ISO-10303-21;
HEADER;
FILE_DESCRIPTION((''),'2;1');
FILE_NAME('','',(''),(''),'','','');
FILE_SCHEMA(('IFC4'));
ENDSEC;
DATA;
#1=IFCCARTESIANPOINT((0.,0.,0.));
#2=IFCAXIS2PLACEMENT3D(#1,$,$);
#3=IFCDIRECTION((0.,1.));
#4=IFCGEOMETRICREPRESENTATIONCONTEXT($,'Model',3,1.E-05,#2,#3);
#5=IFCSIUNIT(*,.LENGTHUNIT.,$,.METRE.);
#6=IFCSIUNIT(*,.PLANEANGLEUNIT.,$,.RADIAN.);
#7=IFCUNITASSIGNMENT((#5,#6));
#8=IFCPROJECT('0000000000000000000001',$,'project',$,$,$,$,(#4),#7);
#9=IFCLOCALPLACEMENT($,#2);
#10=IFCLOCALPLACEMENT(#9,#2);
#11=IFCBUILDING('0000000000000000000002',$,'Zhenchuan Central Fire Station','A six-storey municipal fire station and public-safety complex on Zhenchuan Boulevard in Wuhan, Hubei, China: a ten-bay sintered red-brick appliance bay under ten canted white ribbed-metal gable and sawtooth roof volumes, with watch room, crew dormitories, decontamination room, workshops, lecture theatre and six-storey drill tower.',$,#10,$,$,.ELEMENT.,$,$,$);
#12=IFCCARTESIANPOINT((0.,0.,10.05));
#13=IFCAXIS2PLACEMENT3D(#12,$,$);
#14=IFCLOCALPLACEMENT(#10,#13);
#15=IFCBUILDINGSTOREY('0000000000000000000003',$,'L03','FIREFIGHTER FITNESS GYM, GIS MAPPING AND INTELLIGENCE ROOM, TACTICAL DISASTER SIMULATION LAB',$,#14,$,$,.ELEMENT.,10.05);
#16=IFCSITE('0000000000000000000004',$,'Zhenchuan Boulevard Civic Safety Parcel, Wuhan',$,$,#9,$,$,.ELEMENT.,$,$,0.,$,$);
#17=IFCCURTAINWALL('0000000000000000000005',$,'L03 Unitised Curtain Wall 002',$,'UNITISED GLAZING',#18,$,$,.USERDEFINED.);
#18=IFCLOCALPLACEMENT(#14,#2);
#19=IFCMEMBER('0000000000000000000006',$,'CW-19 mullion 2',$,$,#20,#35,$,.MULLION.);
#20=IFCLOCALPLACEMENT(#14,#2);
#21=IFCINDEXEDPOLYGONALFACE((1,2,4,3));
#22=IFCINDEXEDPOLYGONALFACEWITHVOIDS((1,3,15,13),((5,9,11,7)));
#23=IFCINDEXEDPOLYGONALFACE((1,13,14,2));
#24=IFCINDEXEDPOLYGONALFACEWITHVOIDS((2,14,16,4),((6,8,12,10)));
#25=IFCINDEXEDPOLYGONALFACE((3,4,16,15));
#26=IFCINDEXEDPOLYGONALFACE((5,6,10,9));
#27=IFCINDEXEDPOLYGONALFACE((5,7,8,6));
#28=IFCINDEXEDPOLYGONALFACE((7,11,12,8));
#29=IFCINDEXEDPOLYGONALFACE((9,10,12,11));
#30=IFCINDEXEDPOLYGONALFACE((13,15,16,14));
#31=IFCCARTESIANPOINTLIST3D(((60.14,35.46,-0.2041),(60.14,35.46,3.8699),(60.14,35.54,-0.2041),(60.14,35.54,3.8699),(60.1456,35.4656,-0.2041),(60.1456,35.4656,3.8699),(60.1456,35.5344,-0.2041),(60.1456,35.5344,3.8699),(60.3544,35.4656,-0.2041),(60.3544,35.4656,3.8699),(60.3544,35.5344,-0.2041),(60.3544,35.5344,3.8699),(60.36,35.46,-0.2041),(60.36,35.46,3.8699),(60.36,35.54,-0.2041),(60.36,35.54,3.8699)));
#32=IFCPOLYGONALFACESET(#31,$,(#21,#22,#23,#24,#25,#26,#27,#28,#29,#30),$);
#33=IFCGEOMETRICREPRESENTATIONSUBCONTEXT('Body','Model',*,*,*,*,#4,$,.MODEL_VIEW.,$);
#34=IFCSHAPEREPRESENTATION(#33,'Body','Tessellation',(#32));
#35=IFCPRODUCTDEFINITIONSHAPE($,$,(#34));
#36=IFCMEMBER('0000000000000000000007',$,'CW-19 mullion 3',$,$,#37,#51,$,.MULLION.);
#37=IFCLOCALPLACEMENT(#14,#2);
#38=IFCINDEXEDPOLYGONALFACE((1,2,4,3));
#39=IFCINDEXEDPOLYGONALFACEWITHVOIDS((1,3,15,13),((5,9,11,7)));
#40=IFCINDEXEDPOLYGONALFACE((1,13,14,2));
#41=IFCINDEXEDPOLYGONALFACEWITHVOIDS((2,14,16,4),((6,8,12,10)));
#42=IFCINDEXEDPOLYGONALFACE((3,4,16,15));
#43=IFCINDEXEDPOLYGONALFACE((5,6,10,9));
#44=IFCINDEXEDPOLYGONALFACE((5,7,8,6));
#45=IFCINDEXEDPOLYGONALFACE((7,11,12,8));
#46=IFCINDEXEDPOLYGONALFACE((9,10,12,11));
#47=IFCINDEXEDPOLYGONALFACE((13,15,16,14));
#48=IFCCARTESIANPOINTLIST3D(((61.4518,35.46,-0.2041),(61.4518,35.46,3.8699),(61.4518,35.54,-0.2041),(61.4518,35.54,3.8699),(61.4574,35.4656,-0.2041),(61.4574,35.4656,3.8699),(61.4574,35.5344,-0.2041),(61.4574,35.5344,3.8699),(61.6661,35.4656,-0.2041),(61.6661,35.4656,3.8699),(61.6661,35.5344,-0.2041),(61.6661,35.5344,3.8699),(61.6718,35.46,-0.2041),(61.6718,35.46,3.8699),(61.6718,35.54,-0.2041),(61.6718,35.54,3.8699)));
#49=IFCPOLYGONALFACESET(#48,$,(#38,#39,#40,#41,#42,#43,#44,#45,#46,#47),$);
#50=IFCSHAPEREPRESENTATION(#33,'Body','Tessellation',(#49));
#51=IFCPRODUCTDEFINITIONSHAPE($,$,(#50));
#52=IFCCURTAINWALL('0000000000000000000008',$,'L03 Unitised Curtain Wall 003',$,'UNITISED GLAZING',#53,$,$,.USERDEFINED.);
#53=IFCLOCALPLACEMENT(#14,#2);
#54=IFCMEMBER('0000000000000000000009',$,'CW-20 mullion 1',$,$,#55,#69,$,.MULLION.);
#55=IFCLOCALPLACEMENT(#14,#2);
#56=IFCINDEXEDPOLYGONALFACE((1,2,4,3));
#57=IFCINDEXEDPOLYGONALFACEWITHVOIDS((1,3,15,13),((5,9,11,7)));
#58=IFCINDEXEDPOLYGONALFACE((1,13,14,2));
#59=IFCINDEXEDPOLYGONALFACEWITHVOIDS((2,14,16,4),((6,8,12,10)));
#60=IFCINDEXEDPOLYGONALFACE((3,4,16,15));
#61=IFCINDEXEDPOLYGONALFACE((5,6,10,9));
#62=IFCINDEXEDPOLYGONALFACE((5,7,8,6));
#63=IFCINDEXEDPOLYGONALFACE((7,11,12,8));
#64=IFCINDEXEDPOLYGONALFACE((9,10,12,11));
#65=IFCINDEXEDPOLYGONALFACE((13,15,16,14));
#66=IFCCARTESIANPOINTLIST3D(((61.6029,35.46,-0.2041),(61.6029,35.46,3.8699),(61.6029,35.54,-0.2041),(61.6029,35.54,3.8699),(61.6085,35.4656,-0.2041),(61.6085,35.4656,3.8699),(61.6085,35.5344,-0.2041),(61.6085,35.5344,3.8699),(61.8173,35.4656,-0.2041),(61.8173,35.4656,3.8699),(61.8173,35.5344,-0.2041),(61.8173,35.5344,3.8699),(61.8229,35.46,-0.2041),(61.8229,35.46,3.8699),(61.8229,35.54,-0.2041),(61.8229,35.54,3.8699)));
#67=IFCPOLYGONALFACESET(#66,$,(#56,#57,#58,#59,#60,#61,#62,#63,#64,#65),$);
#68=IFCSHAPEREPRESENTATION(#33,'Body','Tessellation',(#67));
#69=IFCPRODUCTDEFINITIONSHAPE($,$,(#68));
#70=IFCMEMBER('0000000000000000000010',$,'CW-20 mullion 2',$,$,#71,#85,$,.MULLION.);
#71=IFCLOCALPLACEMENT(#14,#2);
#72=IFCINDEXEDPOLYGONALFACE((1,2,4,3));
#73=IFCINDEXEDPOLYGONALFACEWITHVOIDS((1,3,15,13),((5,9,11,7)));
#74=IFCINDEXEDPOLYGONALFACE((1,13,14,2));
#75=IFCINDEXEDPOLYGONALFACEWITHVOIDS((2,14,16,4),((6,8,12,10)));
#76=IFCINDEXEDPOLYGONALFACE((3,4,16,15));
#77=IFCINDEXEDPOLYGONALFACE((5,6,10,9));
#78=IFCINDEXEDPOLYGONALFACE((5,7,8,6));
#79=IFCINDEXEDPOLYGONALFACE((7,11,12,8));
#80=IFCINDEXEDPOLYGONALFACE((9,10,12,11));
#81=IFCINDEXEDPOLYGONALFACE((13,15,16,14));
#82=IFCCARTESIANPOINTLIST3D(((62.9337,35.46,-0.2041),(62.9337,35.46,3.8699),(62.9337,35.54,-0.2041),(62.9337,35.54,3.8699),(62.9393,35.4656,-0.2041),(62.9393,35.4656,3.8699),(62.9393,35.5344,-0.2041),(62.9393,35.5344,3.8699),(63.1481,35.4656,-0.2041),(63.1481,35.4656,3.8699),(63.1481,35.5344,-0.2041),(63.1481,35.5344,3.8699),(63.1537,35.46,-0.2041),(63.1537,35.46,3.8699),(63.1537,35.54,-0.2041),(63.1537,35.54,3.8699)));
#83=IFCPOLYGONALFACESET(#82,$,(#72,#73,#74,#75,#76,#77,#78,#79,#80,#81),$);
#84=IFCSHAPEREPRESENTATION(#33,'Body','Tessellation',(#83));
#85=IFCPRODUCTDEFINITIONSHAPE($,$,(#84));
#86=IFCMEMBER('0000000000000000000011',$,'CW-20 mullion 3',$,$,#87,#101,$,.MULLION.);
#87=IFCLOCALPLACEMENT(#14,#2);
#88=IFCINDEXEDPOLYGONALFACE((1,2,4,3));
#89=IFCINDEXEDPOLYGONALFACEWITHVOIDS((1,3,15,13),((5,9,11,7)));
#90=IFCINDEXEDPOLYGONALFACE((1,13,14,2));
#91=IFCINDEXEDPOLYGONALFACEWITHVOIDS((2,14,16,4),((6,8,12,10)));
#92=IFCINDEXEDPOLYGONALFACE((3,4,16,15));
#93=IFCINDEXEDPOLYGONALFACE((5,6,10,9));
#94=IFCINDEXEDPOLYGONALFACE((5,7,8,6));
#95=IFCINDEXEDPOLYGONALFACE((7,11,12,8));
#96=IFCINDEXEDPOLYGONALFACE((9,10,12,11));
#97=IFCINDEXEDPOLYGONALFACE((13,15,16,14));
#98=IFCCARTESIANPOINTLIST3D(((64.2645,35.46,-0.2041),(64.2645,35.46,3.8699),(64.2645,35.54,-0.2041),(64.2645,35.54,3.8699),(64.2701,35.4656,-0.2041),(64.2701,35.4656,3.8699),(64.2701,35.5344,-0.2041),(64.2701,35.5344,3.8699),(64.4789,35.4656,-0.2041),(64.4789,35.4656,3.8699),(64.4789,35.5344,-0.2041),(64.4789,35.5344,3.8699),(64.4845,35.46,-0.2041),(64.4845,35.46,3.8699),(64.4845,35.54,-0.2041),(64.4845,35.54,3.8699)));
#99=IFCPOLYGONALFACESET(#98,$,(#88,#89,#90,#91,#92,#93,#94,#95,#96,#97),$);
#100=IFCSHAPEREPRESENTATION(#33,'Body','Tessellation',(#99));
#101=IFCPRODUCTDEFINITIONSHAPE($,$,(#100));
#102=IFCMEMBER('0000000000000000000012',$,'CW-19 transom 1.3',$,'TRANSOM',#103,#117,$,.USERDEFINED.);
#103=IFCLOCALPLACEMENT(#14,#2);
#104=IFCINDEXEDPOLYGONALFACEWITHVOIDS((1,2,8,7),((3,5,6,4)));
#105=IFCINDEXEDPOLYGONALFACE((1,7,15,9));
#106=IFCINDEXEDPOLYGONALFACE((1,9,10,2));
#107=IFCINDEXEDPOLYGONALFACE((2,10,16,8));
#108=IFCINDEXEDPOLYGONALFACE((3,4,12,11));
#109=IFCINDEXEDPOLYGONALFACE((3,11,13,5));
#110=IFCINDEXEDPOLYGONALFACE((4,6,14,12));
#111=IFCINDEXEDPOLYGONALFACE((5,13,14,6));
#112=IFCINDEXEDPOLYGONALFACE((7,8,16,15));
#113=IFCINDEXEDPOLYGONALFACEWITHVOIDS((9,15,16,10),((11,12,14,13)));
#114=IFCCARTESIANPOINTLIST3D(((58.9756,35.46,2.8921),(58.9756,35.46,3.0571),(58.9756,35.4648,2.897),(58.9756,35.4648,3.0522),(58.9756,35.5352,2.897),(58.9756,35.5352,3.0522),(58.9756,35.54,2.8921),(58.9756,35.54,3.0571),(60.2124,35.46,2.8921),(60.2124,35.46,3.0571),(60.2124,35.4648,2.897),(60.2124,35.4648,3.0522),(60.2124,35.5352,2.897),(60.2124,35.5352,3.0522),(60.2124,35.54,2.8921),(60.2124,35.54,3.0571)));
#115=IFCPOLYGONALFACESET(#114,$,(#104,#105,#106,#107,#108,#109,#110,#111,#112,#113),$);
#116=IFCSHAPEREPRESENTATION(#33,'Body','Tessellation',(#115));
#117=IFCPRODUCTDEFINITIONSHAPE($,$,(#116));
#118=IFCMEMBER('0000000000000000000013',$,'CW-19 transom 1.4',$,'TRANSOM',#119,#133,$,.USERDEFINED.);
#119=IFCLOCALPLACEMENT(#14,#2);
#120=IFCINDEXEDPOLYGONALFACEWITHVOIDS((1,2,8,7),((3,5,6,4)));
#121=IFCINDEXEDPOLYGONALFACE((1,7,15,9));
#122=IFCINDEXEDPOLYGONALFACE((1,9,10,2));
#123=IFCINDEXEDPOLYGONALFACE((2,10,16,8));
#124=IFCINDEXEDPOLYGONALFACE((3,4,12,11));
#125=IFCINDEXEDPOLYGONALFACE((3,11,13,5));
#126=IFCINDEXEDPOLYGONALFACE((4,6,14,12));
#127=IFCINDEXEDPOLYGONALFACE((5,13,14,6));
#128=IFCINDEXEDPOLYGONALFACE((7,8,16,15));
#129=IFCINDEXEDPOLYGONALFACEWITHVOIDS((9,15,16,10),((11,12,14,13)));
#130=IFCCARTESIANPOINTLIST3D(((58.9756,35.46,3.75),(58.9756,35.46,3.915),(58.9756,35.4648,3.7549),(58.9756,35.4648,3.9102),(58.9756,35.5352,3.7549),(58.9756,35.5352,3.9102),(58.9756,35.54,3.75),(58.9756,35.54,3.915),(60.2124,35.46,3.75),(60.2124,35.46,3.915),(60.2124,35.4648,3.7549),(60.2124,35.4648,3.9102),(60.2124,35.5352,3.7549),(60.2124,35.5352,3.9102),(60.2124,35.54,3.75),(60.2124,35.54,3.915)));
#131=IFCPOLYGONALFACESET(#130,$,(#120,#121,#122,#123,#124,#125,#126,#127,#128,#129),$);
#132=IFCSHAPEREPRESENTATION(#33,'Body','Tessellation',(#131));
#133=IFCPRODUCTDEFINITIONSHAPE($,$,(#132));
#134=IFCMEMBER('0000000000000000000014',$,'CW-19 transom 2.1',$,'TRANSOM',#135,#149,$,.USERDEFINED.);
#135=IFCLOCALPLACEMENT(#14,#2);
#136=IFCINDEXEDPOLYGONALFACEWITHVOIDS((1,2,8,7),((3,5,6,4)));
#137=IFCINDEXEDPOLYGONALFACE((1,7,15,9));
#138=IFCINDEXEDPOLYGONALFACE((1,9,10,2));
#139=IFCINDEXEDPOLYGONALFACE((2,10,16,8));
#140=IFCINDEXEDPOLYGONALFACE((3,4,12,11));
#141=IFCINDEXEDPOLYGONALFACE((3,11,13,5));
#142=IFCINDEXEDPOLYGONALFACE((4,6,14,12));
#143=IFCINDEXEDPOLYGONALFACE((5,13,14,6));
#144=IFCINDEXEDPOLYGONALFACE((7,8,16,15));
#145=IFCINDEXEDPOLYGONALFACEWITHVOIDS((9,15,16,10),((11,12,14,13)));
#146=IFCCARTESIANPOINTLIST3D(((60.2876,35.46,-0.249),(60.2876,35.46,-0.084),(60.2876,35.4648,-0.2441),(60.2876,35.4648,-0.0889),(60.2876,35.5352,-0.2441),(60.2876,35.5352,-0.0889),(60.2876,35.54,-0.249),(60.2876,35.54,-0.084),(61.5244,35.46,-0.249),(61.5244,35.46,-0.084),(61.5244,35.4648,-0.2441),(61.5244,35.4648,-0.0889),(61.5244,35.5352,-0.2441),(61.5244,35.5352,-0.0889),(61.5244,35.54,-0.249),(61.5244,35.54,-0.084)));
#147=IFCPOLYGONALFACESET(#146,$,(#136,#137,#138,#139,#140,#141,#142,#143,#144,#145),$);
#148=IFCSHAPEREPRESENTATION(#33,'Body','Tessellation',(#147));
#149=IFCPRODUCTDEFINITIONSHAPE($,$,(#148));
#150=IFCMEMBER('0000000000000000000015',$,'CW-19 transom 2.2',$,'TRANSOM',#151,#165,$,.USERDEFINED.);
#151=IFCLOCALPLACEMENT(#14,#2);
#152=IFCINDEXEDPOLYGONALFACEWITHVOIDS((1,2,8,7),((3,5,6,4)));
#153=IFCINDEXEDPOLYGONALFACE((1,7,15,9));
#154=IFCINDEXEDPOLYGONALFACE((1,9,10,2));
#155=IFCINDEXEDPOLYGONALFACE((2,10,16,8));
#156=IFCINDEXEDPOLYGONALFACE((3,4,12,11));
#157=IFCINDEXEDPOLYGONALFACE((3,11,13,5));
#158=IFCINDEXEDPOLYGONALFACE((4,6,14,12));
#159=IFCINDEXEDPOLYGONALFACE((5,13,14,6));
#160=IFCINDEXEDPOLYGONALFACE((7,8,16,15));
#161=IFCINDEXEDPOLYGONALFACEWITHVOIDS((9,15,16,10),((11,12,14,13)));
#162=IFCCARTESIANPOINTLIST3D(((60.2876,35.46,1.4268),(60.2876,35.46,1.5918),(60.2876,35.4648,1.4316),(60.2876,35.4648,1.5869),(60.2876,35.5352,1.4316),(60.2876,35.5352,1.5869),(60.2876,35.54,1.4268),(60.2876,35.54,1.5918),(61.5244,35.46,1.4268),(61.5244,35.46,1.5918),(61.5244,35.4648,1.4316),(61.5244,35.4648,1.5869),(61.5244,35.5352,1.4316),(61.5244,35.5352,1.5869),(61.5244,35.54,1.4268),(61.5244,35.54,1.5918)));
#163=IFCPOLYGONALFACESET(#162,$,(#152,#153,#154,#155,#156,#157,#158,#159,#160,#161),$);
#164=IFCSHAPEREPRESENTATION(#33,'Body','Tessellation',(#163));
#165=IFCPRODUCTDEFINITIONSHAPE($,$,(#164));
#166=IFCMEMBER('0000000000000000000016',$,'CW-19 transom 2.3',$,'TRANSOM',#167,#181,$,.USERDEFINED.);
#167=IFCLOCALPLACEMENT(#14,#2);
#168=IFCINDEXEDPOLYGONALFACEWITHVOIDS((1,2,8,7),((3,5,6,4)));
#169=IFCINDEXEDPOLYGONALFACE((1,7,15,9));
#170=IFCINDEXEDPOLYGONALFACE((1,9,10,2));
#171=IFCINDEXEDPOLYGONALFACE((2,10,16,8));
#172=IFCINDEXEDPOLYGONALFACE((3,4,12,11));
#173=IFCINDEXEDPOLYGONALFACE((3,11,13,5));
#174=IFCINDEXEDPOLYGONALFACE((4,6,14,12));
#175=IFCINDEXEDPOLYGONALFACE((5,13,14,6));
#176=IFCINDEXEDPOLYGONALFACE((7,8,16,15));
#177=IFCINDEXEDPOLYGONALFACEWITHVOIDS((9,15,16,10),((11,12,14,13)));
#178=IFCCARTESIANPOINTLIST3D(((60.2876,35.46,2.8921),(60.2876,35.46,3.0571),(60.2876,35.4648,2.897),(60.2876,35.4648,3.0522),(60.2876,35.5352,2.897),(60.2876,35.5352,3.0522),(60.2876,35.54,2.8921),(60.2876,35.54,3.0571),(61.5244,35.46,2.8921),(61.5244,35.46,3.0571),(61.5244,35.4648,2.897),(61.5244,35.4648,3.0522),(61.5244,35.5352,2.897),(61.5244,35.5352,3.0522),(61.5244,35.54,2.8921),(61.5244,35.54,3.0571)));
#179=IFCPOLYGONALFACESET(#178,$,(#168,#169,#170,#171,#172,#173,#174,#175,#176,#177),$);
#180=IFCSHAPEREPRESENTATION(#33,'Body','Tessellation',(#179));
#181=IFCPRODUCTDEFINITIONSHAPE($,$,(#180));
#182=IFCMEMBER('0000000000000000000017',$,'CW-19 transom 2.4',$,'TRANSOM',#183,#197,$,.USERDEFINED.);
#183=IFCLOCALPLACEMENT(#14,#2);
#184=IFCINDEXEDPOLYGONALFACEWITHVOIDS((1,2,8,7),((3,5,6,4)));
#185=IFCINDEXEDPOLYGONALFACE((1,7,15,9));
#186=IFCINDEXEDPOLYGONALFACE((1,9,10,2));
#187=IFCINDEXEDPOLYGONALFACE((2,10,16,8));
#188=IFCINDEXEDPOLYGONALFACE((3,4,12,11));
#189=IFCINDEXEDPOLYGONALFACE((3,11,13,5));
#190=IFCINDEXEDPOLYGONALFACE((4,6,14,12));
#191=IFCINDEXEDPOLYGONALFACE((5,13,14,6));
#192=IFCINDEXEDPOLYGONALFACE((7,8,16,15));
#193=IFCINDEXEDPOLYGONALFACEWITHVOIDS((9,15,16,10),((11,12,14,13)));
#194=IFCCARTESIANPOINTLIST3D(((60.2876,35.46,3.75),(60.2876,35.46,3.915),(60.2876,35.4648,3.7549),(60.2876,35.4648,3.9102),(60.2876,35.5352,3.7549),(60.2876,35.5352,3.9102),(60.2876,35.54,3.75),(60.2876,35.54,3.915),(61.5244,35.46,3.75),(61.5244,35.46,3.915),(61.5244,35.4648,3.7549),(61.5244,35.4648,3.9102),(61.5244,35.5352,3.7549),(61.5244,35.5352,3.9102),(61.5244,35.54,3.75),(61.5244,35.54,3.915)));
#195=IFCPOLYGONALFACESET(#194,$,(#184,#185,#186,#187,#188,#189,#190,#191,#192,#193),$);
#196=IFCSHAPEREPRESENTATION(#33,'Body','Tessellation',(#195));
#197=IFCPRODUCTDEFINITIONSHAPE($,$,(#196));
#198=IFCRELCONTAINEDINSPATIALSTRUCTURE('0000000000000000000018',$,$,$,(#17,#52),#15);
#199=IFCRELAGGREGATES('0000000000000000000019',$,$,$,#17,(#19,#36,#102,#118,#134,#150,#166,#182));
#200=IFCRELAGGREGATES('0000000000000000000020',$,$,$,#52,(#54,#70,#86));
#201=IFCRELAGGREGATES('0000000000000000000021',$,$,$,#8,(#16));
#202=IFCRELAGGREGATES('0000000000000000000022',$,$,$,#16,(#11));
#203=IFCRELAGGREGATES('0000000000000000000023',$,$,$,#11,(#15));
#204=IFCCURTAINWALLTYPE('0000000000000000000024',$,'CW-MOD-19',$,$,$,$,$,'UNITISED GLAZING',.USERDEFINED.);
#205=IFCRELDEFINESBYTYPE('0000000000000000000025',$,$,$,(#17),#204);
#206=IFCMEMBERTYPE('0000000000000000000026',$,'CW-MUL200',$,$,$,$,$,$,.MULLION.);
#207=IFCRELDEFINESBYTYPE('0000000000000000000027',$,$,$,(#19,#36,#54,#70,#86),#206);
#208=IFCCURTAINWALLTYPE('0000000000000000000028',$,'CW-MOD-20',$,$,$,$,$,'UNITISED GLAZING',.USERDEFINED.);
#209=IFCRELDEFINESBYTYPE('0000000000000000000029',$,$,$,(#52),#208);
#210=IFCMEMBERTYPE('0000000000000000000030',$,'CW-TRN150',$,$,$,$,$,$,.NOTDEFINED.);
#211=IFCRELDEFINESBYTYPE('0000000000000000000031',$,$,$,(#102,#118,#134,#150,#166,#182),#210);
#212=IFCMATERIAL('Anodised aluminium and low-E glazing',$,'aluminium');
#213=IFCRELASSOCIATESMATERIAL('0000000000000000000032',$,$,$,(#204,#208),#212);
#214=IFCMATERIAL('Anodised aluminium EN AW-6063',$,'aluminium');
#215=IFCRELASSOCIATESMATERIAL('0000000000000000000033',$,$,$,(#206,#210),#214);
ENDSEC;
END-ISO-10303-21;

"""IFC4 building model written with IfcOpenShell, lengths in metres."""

from ifc_helpers import new_model, si_unit, direction, frame, origin, origin_2d, place, context, subcontext, project, spatial, hollow_rectangle, extrude, material, material_profile, profile_set, type_object, element, aggregate, save


model = new_model("IFC4")

# Units and contexts
model_context = context("Model", 3, precision=1e-05, world=origin(), true_north=direction((0.0, 1.0)))
body_context = subcontext(model_context, "Body", "Model", "MODEL_VIEW")
ifc_project = project(units=[si_unit("LENGTHUNIT", "METRE"), si_unit("PLANEANGLEUNIT", "RADIAN")], contexts=[model_context])

# Site, building, storey
site_placement = place(None, origin())
site = spatial("IfcSite", under=ifc_project, at=site_placement, Name="Zhenchuan Boulevard Civic Safety Parcel, Wuhan", CompositionType="ELEMENT", RefElevation=0.0)
building_placement = place(site_placement, origin())
building = spatial("IfcBuilding", under=site, at=building_placement, Name="Zhenchuan Central Fire Station", Description="A six-storey municipal fire station and public-safety complex on Zhenchuan Boulevard in Wuhan, Hubei, China: a ten-bay sintered red-brick appliance bay under ten canted white ribbed-metal gable and sawtooth roof volumes, with watch room, crew dormitories, decontamination room, workshops, lecture theatre and six-storey drill tower.", CompositionType="ELEMENT")
storey_placement = place(building_placement, frame((0.0, 0.0, 10.05)))
storey = spatial("IfcBuildingStorey", under=building, at=storey_placement, Name="L03", Description="FIREFIGHTER FITNESS GYM, GIS MAPPING AND INTELLIGENCE ROOM, TACTICAL DISASTER SIMULATION LAB", CompositionType="ELEMENT", Elevation=10.05)

# Curtain walls, members
ifc_material_1 = material(Name="Anodised aluminium and low-E glazing", Category="aluminium")
curtain_wall_type_1 = type_object("IfcCurtainWallType", Name="CW-MOD-19", ElementType="UNITISED GLAZING", PredefinedType="USERDEFINED", material=ifc_material_1)
curtain_wall_1_placement = place(storey_placement, origin())
curtain_wall_1 = element("IfcCurtainWall", 1, at=curtain_wall_1_placement, inside=storey, type_object=curtain_wall_type_1, Name="L03 Unitised Curtain Wall 002", ObjectType="UNITISED GLAZING", PredefinedType="USERDEFINED")
ifc_material_2 = material(Name="Anodised aluminium EN AW-6063", Category="aluminium")
ifc_material_profile_1 = material_profile(ifc_material_2, hollow_rectangle(XDim=0.0801, YDim=0.22, WallThickness=0.0056, at=origin_2d()), Name="ALU-M 220x80")
ifc_profile_set_1 = profile_set([ifc_material_profile_1], Name="Anodised aluminium EN AW-6063")
member_type_1 = type_object("IfcMemberType", Name="CW-MUL200", PredefinedType="MULLION", material=ifc_profile_set_1)
member_1_placement = place(storey_placement, frame((60.25, 35.5, -0.2041), z_axis=(0.0, 0.0, 1.0), x_axis=(0.0, 1.0, 0.0)))
member_1 = element("IfcMember", 2, at=member_1_placement, type_object=member_type_1, Name="CW-19 mullion 2", PredefinedType="MULLION", context=body_context, shape_type="SweptSolid", body=[
    extrude(hollow_rectangle(XDim=0.0801, YDim=0.22, WallThickness=0.0056, at=origin_2d()), origin(), (0.0, 0.0, 1.0), 4.074),
])
member_2_placement = place(storey_placement, frame((61.5618, 35.5, -0.2041), z_axis=(0.0, 0.0, 1.0), x_axis=(0.0, 1.0, 0.0)))
member_2 = element("IfcMember", 3, at=member_2_placement, type_object=member_type_1, Name="CW-19 mullion 3", PredefinedType="MULLION", context=body_context, shape_type="SweptSolid", body=[
    extrude(hollow_rectangle(XDim=0.0801, YDim=0.22, WallThickness=0.0056, at=origin_2d()), origin(), (0.0, 0.0, 1.0), 4.074),
])
curtain_wall_type_2 = type_object("IfcCurtainWallType", Name="CW-MOD-20", ElementType="UNITISED GLAZING", PredefinedType="USERDEFINED", material=ifc_material_1)
curtain_wall_2_placement = place(storey_placement, origin())
curtain_wall_2 = element("IfcCurtainWall", 4, at=curtain_wall_2_placement, inside=storey, type_object=curtain_wall_type_2, Name="L03 Unitised Curtain Wall 003", ObjectType="UNITISED GLAZING", PredefinedType="USERDEFINED")
member_3_placement = place(storey_placement, frame((61.7129, 35.5, -0.2041), z_axis=(0.0, 0.0, 1.0), x_axis=(0.0, 1.0, 0.0)))
member_3 = element("IfcMember", 5, at=member_3_placement, type_object=member_type_1, Name="CW-20 mullion 1", PredefinedType="MULLION", context=body_context, shape_type="SweptSolid", body=[
    extrude(hollow_rectangle(XDim=0.0801, YDim=0.22, WallThickness=0.0056, at=origin_2d()), origin(), (0.0, 0.0, 1.0), 4.074),
])
member_4_placement = place(storey_placement, frame((63.0437, 35.5, -0.2041), z_axis=(0.0, 0.0, 1.0), x_axis=(0.0, 1.0, 0.0)))
member_4 = element("IfcMember", 6, at=member_4_placement, type_object=member_type_1, Name="CW-20 mullion 2", PredefinedType="MULLION", context=body_context, shape_type="SweptSolid", body=[
    extrude(hollow_rectangle(XDim=0.0801, YDim=0.22, WallThickness=0.0056, at=origin_2d()), origin(), (0.0, 0.0, 1.0), 4.074),
])
member_5_placement = place(storey_placement, frame((64.3745, 35.5, -0.2041), z_axis=(0.0, 0.0, 1.0), x_axis=(0.0, 1.0, 0.0)))
member_5 = element("IfcMember", 7, at=member_5_placement, type_object=member_type_1, Name="CW-20 mullion 3", PredefinedType="MULLION", context=body_context, shape_type="SweptSolid", body=[
    extrude(hollow_rectangle(XDim=0.0801, YDim=0.22, WallThickness=0.0056, at=origin_2d()), origin(), (0.0, 0.0, 1.0), 4.074),
])

# Members
ifc_material_profile_2 = material_profile(ifc_material_2, hollow_rectangle(XDim=0.0801, YDim=0.165, WallThickness=0.0049, at=origin_2d()), Name="ALU-T 165x80")
ifc_profile_set_2 = profile_set([ifc_material_profile_2], Name="Anodised aluminium EN AW-6063")
member_type_2 = type_object("IfcMemberType", Name="CW-TRN150", PredefinedType="NOTDEFINED", material=ifc_profile_set_2)
member_6_placement = place(storey_placement, frame((58.9756, 35.5, 2.9746), z_axis=(1.0, 0.0, 0.0), x_axis=(0.0, 1.0, 0.0)))
member_6 = element("IfcMember", 8, at=member_6_placement, type_object=member_type_2, Name="CW-19 transom 1.3", ObjectType="TRANSOM", PredefinedType="USERDEFINED", context=body_context, shape_type="SweptSolid", body=[
    extrude(hollow_rectangle(XDim=0.0801, YDim=0.165, WallThickness=0.0049, at=origin_2d()), origin(), (0.0, 0.0, 1.0), 1.2368),
])
member_7_placement = place(storey_placement, frame((58.9756, 35.5, 3.8325), z_axis=(1.0, 0.0, 0.0), x_axis=(0.0, 1.0, 0.0)))
member_7 = element("IfcMember", 9, at=member_7_placement, type_object=member_type_2, Name="CW-19 transom 1.4", ObjectType="TRANSOM", PredefinedType="USERDEFINED", context=body_context, shape_type="SweptSolid", body=[
    extrude(hollow_rectangle(XDim=0.0801, YDim=0.165, WallThickness=0.0049, at=origin_2d()), origin(), (0.0, 0.0, 1.0), 1.2368),
])
member_8_placement = place(storey_placement, frame((60.2876, 35.5, -0.1665), z_axis=(1.0, 0.0, 0.0), x_axis=(0.0, 1.0, 0.0)))
member_8 = element("IfcMember", 10, at=member_8_placement, type_object=member_type_2, Name="CW-19 transom 2.1", ObjectType="TRANSOM", PredefinedType="USERDEFINED", context=body_context, shape_type="SweptSolid", body=[
    extrude(hollow_rectangle(XDim=0.0801, YDim=0.165, WallThickness=0.0049, at=origin_2d()), origin(), (0.0, 0.0, 1.0), 1.2368),
])
member_9_placement = place(storey_placement, frame((60.2876, 35.5, 1.5093), z_axis=(1.0, 0.0, 0.0), x_axis=(0.0, 1.0, 0.0)))
member_9 = element("IfcMember", 11, at=member_9_placement, type_object=member_type_2, Name="CW-19 transom 2.2", ObjectType="TRANSOM", PredefinedType="USERDEFINED", context=body_context, shape_type="SweptSolid", body=[
    extrude(hollow_rectangle(XDim=0.0801, YDim=0.165, WallThickness=0.0049, at=origin_2d()), origin(), (0.0, 0.0, 1.0), 1.2368),
])
member_10_placement = place(storey_placement, frame((60.2876, 35.5, 2.9746), z_axis=(1.0, 0.0, 0.0), x_axis=(0.0, 1.0, 0.0)))
member_10 = element("IfcMember", 12, at=member_10_placement, type_object=member_type_2, Name="CW-19 transom 2.3", ObjectType="TRANSOM", PredefinedType="USERDEFINED", context=body_context, shape_type="SweptSolid", body=[
    extrude(hollow_rectangle(XDim=0.0801, YDim=0.165, WallThickness=0.0049, at=origin_2d()), origin(), (0.0, 0.0, 1.0), 1.2368),
])
member_11_placement = place(storey_placement, frame((60.2876, 35.5, 3.8325), z_axis=(1.0, 0.0, 0.0), x_axis=(0.0, 1.0, 0.0)))
member_11 = element("IfcMember", 13, at=member_11_placement, type_object=member_type_2, Name="CW-19 transom 2.4", ObjectType="TRANSOM", PredefinedType="USERDEFINED", context=body_context, shape_type="SweptSolid", body=[
    extrude(hollow_rectangle(XDim=0.0801, YDim=0.165, WallThickness=0.0049, at=origin_2d()), origin(), (0.0, 0.0, 1.0), 1.2368),
])

aggregate(curtain_wall_1, [member_1, member_2, member_6, member_7, member_8, member_9, member_10, member_11])
aggregate(curtain_wall_2, [member_3, member_4, member_5])

save(model, "model.ifc")
